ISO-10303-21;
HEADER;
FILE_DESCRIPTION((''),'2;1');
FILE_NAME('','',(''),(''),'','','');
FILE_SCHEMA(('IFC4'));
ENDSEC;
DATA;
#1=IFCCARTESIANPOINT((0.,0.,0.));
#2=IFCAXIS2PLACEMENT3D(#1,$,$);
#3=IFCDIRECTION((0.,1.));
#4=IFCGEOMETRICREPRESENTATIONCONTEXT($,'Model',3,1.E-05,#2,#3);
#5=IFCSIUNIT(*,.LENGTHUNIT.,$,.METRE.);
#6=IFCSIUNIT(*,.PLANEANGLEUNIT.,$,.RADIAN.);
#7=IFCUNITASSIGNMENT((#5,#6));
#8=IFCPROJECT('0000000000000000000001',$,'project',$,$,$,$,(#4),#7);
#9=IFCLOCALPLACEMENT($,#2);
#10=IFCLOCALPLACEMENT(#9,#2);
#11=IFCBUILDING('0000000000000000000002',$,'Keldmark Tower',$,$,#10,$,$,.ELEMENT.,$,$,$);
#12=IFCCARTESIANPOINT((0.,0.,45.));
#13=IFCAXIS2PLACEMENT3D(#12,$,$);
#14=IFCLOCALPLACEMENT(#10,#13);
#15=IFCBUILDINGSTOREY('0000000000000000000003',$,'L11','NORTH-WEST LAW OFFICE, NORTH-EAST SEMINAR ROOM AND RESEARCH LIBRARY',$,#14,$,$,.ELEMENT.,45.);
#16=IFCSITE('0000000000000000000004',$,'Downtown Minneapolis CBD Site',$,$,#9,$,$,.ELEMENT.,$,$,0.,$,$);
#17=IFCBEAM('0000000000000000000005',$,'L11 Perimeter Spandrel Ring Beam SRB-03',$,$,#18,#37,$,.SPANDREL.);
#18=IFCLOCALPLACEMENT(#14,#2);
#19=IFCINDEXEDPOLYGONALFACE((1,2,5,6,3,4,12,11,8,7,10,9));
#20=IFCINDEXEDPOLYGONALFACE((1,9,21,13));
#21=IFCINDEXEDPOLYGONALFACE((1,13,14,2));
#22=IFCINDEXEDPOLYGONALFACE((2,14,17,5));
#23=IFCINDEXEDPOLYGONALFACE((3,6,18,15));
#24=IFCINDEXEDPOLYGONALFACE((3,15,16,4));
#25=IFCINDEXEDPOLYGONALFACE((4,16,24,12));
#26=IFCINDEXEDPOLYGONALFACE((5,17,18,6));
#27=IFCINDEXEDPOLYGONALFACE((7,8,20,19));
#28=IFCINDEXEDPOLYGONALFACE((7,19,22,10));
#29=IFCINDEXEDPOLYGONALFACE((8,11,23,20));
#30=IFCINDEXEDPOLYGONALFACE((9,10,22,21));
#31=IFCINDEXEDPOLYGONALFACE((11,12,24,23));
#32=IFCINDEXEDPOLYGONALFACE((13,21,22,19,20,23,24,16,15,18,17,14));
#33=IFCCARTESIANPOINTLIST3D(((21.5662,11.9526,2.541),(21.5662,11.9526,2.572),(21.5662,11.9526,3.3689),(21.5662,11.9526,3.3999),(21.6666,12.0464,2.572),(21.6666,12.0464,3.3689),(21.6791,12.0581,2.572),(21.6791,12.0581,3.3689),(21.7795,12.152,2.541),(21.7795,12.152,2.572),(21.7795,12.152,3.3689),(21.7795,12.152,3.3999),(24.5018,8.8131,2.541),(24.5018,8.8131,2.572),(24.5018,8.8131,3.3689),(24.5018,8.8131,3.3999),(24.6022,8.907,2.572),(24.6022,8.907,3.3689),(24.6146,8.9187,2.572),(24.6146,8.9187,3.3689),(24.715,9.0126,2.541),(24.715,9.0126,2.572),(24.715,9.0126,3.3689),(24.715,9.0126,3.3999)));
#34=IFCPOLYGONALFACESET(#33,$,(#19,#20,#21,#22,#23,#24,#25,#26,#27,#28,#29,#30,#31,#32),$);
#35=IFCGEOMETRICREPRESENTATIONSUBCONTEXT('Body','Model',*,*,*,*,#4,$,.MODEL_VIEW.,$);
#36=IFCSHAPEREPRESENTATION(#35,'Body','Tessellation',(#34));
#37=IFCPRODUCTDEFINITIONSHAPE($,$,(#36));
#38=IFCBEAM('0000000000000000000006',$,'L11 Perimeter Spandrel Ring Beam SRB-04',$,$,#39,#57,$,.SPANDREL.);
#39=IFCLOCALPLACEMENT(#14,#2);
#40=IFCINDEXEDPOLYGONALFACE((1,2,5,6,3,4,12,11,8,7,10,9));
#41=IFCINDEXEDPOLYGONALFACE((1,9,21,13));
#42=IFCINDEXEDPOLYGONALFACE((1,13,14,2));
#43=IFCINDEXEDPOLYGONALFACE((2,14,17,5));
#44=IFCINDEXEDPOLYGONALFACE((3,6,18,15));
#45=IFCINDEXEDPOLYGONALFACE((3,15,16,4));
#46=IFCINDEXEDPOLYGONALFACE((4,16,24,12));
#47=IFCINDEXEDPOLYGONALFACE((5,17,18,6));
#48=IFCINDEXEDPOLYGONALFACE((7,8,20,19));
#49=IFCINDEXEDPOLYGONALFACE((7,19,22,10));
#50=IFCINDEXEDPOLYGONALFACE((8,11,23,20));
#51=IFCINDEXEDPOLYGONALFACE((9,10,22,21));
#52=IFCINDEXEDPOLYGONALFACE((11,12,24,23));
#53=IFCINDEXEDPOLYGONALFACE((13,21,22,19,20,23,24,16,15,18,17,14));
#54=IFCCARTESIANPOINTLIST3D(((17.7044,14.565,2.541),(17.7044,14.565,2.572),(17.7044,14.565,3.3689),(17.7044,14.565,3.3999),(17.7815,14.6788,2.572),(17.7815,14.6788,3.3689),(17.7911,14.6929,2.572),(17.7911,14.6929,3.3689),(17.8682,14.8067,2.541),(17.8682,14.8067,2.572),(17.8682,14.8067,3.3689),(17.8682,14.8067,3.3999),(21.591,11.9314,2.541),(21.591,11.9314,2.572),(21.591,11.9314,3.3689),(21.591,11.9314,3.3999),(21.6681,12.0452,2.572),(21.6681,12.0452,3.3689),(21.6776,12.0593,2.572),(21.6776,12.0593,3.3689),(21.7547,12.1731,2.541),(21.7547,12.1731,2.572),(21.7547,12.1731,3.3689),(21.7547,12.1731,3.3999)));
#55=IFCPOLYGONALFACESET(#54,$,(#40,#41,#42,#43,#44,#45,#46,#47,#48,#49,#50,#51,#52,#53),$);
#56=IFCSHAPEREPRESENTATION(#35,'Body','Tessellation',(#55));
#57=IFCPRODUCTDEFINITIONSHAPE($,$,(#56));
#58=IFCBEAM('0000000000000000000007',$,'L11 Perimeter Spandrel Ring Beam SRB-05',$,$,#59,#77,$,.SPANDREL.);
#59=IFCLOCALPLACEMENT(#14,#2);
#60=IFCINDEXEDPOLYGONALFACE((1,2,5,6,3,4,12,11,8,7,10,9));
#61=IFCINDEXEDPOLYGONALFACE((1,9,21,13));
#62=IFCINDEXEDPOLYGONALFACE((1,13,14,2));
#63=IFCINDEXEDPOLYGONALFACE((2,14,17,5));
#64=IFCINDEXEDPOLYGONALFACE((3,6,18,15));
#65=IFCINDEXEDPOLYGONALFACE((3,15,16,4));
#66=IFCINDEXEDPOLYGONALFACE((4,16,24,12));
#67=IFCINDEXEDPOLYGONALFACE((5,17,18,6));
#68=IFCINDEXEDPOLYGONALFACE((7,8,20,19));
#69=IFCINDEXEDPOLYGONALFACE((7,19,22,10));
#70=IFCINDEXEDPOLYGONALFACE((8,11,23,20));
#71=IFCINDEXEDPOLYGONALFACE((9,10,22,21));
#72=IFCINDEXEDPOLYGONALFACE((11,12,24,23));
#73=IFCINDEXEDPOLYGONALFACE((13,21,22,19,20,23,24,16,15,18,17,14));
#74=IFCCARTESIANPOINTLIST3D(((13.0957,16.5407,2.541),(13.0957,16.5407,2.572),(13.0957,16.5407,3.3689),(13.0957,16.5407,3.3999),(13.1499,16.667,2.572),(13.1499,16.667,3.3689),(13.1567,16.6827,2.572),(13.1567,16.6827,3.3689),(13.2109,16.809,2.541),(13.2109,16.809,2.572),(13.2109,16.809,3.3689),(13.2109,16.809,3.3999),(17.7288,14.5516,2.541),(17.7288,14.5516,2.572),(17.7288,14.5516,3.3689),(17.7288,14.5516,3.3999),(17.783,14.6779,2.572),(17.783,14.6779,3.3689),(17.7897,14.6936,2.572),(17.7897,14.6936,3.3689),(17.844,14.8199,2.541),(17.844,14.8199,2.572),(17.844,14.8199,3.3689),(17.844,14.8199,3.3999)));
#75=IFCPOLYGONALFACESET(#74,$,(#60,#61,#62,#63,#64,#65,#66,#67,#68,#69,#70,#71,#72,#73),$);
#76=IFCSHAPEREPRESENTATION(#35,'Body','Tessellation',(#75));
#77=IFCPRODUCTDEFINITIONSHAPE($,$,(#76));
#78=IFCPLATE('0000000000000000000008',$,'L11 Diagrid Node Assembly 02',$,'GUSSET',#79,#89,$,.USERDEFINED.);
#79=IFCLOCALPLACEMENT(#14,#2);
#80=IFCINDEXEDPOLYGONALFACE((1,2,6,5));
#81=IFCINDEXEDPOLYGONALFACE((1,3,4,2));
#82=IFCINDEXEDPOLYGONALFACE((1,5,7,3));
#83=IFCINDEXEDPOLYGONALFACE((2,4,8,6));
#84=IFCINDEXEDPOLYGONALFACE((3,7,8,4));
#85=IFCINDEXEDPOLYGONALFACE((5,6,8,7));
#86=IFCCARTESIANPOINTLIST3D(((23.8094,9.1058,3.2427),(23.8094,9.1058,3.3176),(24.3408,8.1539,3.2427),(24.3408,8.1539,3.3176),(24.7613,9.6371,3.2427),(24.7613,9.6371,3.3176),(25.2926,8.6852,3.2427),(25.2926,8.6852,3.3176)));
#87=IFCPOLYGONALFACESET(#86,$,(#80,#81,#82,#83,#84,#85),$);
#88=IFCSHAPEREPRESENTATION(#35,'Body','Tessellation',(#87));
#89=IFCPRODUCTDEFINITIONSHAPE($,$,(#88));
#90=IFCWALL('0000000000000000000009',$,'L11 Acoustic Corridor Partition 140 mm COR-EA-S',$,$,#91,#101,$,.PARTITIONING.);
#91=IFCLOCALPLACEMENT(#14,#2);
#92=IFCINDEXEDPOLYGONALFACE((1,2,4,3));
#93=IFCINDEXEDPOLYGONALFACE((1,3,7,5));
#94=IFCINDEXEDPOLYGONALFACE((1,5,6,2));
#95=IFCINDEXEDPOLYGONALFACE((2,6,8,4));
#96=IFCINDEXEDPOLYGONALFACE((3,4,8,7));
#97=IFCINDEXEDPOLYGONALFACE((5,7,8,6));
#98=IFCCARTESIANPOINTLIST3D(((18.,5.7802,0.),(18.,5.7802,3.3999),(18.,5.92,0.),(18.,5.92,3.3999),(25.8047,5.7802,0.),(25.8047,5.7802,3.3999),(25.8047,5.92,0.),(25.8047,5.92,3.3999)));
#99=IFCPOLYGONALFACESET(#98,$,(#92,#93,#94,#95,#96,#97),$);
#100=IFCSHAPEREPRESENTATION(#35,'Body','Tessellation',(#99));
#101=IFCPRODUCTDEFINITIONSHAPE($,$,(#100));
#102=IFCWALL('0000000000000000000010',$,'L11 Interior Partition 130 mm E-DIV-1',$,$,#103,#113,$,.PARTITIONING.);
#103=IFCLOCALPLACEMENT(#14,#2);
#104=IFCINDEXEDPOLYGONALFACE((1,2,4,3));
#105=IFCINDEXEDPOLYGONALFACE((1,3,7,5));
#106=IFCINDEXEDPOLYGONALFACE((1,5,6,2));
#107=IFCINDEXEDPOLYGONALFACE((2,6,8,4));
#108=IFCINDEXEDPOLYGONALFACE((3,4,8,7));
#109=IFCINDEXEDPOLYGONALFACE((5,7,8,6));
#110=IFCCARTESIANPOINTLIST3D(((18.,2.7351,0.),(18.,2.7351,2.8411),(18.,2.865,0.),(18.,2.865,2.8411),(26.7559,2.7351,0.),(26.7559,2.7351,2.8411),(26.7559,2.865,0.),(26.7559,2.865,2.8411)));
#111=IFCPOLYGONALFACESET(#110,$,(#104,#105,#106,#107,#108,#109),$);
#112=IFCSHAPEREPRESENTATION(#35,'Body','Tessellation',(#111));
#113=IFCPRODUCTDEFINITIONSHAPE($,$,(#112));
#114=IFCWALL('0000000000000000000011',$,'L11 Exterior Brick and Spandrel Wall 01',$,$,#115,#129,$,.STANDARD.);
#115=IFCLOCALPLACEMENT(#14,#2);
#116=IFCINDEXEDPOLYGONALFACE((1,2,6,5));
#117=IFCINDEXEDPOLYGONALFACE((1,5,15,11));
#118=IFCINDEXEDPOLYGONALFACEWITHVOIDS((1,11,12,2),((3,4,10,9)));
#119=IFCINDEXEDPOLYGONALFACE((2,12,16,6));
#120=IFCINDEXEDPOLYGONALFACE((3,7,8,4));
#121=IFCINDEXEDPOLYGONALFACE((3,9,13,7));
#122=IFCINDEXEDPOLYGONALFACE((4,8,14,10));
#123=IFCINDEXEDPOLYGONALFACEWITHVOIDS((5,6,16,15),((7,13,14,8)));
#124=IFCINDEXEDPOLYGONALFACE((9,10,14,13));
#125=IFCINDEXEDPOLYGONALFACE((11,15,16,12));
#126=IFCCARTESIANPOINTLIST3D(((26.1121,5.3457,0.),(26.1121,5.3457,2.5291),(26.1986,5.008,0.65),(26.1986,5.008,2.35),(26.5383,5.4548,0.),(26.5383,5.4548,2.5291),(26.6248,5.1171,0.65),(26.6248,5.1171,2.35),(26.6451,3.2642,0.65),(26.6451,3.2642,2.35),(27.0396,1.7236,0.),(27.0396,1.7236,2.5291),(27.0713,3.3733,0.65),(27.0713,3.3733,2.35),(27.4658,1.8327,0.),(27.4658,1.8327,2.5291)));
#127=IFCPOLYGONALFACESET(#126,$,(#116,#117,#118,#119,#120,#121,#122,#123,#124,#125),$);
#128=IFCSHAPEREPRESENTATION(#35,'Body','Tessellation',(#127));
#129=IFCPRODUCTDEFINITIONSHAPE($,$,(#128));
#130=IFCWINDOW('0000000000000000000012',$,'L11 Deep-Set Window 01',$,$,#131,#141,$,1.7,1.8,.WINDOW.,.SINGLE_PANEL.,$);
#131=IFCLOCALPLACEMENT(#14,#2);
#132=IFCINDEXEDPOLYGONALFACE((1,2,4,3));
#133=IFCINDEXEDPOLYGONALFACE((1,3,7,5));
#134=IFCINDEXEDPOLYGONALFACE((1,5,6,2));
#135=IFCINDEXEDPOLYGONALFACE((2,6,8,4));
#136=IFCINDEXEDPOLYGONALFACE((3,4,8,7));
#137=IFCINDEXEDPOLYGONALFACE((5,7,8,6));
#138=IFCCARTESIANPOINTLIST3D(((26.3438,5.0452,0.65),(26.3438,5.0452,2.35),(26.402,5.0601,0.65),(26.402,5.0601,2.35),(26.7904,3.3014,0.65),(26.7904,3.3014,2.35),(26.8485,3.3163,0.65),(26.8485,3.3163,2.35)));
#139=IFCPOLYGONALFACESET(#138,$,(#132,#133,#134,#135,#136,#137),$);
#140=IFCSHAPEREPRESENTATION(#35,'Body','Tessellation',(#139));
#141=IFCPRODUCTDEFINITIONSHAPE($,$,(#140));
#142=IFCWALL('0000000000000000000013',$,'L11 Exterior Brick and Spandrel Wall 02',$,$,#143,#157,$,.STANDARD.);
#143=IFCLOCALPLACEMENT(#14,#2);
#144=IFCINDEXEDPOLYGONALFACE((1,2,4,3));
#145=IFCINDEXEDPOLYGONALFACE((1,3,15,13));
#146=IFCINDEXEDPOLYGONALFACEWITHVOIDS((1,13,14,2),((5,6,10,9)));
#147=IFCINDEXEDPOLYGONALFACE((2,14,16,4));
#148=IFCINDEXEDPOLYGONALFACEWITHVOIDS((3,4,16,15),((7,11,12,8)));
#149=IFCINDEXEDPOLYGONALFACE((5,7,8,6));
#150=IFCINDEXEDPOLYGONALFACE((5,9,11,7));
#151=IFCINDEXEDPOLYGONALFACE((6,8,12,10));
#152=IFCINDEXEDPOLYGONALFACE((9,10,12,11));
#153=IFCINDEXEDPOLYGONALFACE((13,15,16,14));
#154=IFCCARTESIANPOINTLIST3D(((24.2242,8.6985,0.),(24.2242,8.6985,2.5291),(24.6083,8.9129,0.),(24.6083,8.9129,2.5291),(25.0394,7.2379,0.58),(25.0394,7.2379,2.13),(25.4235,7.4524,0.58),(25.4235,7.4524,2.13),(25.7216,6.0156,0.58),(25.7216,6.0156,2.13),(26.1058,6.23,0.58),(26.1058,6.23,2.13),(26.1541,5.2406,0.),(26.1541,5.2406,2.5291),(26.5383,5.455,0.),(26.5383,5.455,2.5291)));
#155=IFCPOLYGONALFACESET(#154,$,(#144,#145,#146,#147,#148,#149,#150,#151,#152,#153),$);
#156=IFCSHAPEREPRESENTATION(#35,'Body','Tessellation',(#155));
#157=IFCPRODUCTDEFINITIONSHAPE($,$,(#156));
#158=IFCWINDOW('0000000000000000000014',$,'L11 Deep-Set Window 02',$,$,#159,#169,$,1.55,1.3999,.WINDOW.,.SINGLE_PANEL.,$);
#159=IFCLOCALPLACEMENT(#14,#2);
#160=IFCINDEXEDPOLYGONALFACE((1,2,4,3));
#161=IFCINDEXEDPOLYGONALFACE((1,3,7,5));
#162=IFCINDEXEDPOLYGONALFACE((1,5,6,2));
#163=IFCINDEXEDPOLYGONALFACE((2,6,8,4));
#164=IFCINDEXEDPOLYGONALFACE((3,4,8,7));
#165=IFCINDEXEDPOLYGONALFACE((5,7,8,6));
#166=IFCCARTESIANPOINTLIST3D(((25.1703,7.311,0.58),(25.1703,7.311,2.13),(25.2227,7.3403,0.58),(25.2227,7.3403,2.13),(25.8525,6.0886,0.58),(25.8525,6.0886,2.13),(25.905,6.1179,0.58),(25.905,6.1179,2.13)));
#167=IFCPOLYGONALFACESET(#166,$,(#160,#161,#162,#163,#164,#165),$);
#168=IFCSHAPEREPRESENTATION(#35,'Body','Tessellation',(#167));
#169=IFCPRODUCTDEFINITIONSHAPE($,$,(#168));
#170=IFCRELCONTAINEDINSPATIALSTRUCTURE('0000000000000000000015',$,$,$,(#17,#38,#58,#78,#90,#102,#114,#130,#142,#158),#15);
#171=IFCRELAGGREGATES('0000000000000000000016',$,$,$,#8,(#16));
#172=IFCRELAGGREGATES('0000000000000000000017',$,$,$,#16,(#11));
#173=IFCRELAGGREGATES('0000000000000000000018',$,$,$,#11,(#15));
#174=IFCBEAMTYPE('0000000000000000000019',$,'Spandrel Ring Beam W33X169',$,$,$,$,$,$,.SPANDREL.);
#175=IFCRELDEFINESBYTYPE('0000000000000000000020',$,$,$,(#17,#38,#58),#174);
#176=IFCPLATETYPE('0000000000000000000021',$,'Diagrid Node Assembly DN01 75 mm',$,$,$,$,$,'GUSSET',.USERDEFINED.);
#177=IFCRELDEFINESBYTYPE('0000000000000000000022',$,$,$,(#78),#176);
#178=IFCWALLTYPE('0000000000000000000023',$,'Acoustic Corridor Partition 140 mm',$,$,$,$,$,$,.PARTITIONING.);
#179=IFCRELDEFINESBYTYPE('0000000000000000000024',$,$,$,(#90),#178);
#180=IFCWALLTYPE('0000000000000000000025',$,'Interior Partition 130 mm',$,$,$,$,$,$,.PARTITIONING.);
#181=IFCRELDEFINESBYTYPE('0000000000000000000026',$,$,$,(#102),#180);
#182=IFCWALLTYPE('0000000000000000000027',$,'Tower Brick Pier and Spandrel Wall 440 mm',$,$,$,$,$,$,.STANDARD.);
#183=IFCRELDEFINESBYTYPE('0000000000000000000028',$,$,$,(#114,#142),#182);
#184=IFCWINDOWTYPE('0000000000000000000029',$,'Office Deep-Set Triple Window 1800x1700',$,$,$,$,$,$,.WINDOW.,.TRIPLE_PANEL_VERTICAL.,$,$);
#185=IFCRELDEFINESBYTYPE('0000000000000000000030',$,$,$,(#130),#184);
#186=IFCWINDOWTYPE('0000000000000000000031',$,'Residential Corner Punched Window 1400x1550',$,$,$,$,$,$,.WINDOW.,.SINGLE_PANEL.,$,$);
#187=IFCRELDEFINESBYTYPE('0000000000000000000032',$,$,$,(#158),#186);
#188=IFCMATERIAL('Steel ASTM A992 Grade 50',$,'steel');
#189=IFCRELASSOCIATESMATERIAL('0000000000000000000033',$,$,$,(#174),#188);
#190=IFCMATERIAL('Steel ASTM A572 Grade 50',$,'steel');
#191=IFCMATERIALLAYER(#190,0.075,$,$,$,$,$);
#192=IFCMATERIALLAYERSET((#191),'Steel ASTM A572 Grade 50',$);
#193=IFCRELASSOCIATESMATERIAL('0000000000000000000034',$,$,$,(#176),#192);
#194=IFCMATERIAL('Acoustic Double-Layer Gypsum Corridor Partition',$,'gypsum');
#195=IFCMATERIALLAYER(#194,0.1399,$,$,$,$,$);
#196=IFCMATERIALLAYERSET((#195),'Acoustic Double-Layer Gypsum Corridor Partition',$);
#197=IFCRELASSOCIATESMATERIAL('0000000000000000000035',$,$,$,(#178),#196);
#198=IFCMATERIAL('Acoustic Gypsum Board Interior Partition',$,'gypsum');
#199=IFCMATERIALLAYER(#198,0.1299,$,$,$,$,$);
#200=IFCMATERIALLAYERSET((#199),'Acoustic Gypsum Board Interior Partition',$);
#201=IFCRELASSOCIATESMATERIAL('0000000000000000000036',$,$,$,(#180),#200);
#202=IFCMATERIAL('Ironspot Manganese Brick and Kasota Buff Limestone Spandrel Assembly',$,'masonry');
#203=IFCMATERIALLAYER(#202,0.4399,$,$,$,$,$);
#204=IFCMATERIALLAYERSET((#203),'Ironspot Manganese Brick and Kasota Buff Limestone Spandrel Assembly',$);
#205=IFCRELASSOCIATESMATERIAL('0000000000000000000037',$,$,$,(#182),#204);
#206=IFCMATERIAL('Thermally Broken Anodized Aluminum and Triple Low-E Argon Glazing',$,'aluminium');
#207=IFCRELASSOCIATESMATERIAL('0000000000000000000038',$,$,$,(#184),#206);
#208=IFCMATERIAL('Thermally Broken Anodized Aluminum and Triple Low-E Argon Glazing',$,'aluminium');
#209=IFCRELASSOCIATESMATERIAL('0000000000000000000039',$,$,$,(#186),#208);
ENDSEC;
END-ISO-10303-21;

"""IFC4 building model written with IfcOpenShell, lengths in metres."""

from ifc_helpers import new_model, si_unit, direction, frame, frame_2d, origin, origin_2d, place, context, subcontext, project, spatial, rectangle, i_section, extrude, material, layer, layer_set, material_profile, profile_set, type_object, element, fill, save


model = new_model("IFC4")

# Units and contexts
model_context = context("Model", 3, precision=1e-05, world=origin(), true_north=direction((0.0, 1.0)))
body_context = subcontext(model_context, "Body", "Model", "MODEL_VIEW")
ifc_project = project(units=[si_unit("LENGTHUNIT", "METRE"), si_unit("PLANEANGLEUNIT", "RADIAN")], contexts=[model_context])

# Site, building, storey
site_placement = place(None, origin())
site = spatial("IfcSite", under=ifc_project, at=site_placement, Name="Downtown Minneapolis CBD Site", CompositionType="ELEMENT", RefElevation=0.0)
building_placement = place(site_placement, origin())
building = spatial("IfcBuilding", under=site, at=building_placement, Name="Keldmark Tower", CompositionType="ELEMENT")
storey_placement = place(building_placement, frame((0.0, 0.0, 45.0)))
storey = spatial("IfcBuildingStorey", under=building, at=storey_placement, Name="L11", Description="NORTH-WEST LAW OFFICE, NORTH-EAST SEMINAR ROOM AND RESEARCH LIBRARY", CompositionType="ELEMENT", Elevation=45.0)

# Beams
ifc_material_1 = material(Name="Steel ASTM A992 Grade 50", Category="steel")
ifc_material_profile_1 = material_profile(ifc_material_1, i_section(OverallWidth=0.292, OverallDepth=0.8589, WebThickness=0.0171, FlangeThickness=0.031, at=origin_2d()), Name="W33X169")
ifc_profile_set_1 = profile_set([ifc_material_profile_1], Name="Steel ASTM A992 Grade 50")
beam_type_1 = type_object("IfcBeamType", Name="Spandrel Ring Beam W33X169", PredefinedType="SPANDREL", material=ifc_profile_set_1)
beam_1_placement = place(storey_placement, frame((24.6084, 8.9128, 2.9705), z_axis=(-0.682994, 0.730424, 0.0), x_axis=(-0.730424, -0.682994, 0.0)))
element("IfcBeam", 1, at=beam_1_placement, inside=storey, type_object=beam_type_1, Name="L11 Perimeter Spandrel Ring Beam SRB-03", PredefinedType="SPANDREL", context=body_context, shape_type="SweptSolid", body=[
    extrude(i_section(OverallWidth=0.292, OverallDepth=0.8589, WebThickness=0.0171, FlangeThickness=0.031, at=origin_2d()), origin(), (0.0, 0.0, 1.0), 4.2981),
])
beam_2_placement = place(storey_placement, frame((21.6729, 12.0522, 2.9705), z_axis=(-0.827842, 0.560961, 0.0), x_axis=(-0.560961, -0.827842, 0.0)))
element("IfcBeam", 2, at=beam_2_placement, inside=storey, type_object=beam_type_1, Name="L11 Perimeter Spandrel Ring Beam SRB-04", PredefinedType="SPANDREL", context=body_context, shape_type="SweptSolid", body=[
    extrude(i_section(OverallWidth=0.292, OverallDepth=0.8589, WebThickness=0.0171, FlangeThickness=0.031, at=origin_2d()), origin(), (0.0, 0.0, 1.0), 4.6948),
])
beam_3_placement = place(storey_placement, frame((17.7864, 14.6858, 2.9705), z_axis=(-0.918899, 0.394492, 0.0), x_axis=(-0.394492, -0.918899, 0.0)))
element("IfcBeam", 3, at=beam_3_placement, inside=storey, type_object=beam_type_1, Name="L11 Perimeter Spandrel Ring Beam SRB-05", PredefinedType="SPANDREL", context=body_context, shape_type="SweptSolid", body=[
    extrude(i_section(OverallWidth=0.292, OverallDepth=0.8589, WebThickness=0.0171, FlangeThickness=0.031, at=origin_2d()), origin(), (0.0, 0.0, 1.0), 5.042),
])

# Plate
ifc_material_2 = material(Name="Steel ASTM A572 Grade 50", Category="steel")
ifc_layer_1 = layer(ifc_material_2, 0.075)
ifc_layer_set_1 = layer_set([ifc_layer_1], Name="Steel ASTM A572 Grade 50")
plate_type = type_object("IfcPlateType", Name="Diagrid Node Assembly DN01 75 mm", ElementType="GUSSET", PredefinedType="USERDEFINED", material=ifc_layer_set_1)
plate_placement = place(storey_placement, frame((24.551, 8.8955, 3.2427), z_axis=(0.0, 0.0, 1.0), x_axis=(-0.487403, 0.873177, 0.0)))
element("IfcPlate", 4, at=plate_placement, inside=storey, type_object=plate_type, Name="L11 Diagrid Node Assembly 02", ObjectType="GUSSET", PredefinedType="USERDEFINED", context=body_context, shape_type="SweptSolid", body=[
    extrude(rectangle(XDim=1.0901, YDim=1.0901, at=origin_2d()), origin(), (0.0, 0.0, 1.0), 0.075),
])

# Walls
ifc_material_3 = material(Name="Acoustic Double-Layer Gypsum Corridor Partition", Category="gypsum")
ifc_layer_2 = layer(ifc_material_3, 0.1399)
ifc_layer_set_2 = layer_set([ifc_layer_2], Name="Acoustic Double-Layer Gypsum Corridor Partition")
wall_type_1 = type_object("IfcWallType", Name="Acoustic Corridor Partition 140 mm", PredefinedType="PARTITIONING", material=ifc_layer_set_2)
wall_1_placement = place(storey_placement, frame((18.0, 5.8501, 0.0), z_axis=(0.0, 0.0, 1.0), x_axis=(1.0, 0.0, 0.0)))
element("IfcWall", 5, at=wall_1_placement, inside=storey, type_object=wall_type_1, Name="L11 Acoustic Corridor Partition 140 mm COR-EA-S", PredefinedType="PARTITIONING", context=body_context, shape_type="SweptSolid", body=[
    extrude(rectangle(XDim=7.8047, YDim=0.1399, at=frame_2d((3.9023, 0.0))), origin(), (0.0, 0.0, 1.0), 3.3999),
])
ifc_material_4 = material(Name="Acoustic Gypsum Board Interior Partition", Category="gypsum")
ifc_layer_3 = layer(ifc_material_4, 0.1299)
ifc_layer_set_3 = layer_set([ifc_layer_3], Name="Acoustic Gypsum Board Interior Partition")
wall_type_2 = type_object("IfcWallType", Name="Interior Partition 130 mm", PredefinedType="PARTITIONING", material=ifc_layer_set_3)
wall_2_placement = place(storey_placement, frame((18.0, 2.8, 0.0), z_axis=(0.0, 0.0, 1.0), x_axis=(1.0, 0.0, 0.0)))
element("IfcWall", 6, at=wall_2_placement, inside=storey, type_object=wall_type_2, Name="L11 Interior Partition 130 mm E-DIV-1", PredefinedType="PARTITIONING", context=body_context, shape_type="SweptSolid", body=[
    extrude(rectangle(XDim=8.7559, YDim=0.1299, at=frame_2d((4.3779, 0.0))), origin(), (0.0, 0.0, 1.0), 2.8411),
])

# Walls, openings, windows
ifc_material_5 = material(Name="Ironspot Manganese Brick and Kasota Buff Limestone Spandrel Assembly", Category="masonry")
ifc_layer_4 = layer(ifc_material_5, 0.4399)
ifc_layer_set_4 = layer_set([ifc_layer_4], Name="Ironspot Manganese Brick and Kasota Buff Limestone Spandrel Assembly")
wall_type_3 = type_object("IfcWallType", Name="Tower Brick Pier and Spandrel Wall 440 mm", PredefinedType="STANDARD", material=ifc_layer_set_4)
wall_3_placement = place(storey_placement, frame((26.3252, 5.4004, 0.0), z_axis=(0.0, 0.0, 1.0), x_axis=(0.248063, -0.968744, 0.0)))
wall_3 = element("IfcWall", 7, at=wall_3_placement, inside=storey, type_object=wall_type_3, Name="L11 Exterior Brick and Spandrel Wall 01", PredefinedType="STANDARD", context=body_context, shape_type="SweptSolid", body=[
    extrude(rectangle(XDim=3.739, YDim=0.4399, at=frame_2d((1.8696, 0.0))), origin(), (0.0, 0.0, 1.0), 2.5291),
])
opening_1_placement = place(wall_3_placement, frame((0.3489, 0.0, 0.6499)))
opening_1 = element("IfcOpeningElement", 8, at=opening_1_placement, cuts=wall_3, PredefinedType="OPENING", context=body_context, shape_type="SweptSolid", body=[
    extrude(rectangle(XDim=1.8, YDim=1.7, at=frame_2d((0.8999, 0.8501))), frame((0.0, 0.23, 0.0), z_axis=(0.0, -1.0, 0.0), x_axis=(1.0, 0.0, 0.0)), (0.0, 0.0, 1.0), 0.46),
])
ifc_material_6 = material(Name="Thermally Broken Anodized Aluminum and Triple Low-E Argon Glazing", Category="aluminium")
window_type_1 = type_object("IfcWindowType", Name="Office Deep-Set Triple Window 1800x1700", PartitioningType="TRIPLE_PANEL_VERTICAL", PredefinedType="WINDOW", material=ifc_material_6)
window_1_placement = place(opening_1_placement, origin())
window_1 = element("IfcWindow", 9, at=window_1_placement, inside=storey, type_object=window_type_1, Name="L11 Deep-Set Window 01", OverallHeight=1.7, OverallWidth=1.8, PartitioningType="SINGLE_PANEL", PredefinedType="WINDOW", context=body_context, shape_type="SweptSolid", body=[
    extrude(rectangle(XDim=1.8, YDim=1.7, at=frame_2d((0.8999, 0.8501))), frame((0.0, -0.01, 0.0), z_axis=(0.0, -1.0, 0.0), x_axis=(1.0, 0.0, 0.0)), (0.0, 0.0, 1.0), 0.0601),
])
fill(opening_1, window_1)
wall_4_placement = place(storey_placement, frame((24.4163, 8.8057, 0.0), z_axis=(0.0, 0.0, 1.0), x_axis=(0.487369, -0.873196, 0.0)))
wall_4 = element("IfcWall", 10, at=wall_4_placement, inside=storey, type_object=wall_type_3, Name="L11 Exterior Brick and Spandrel Wall 02", PredefinedType="STANDARD", context=body_context, shape_type="SweptSolid", body=[
    extrude(rectangle(XDim=3.96, YDim=0.4399, at=frame_2d((1.98, 0.0))), origin(), (0.0, 0.0, 1.0), 2.5291),
])
opening_2_placement = place(wall_4_placement, frame((1.6726, 0.0, 0.5801)))
opening_2 = element("IfcOpeningElement", 11, at=opening_2_placement, cuts=wall_4, PredefinedType="OPENING", context=body_context, shape_type="SweptSolid", body=[
    extrude(rectangle(XDim=1.3999, YDim=1.55, at=frame_2d((0.7, 0.7749))), frame((0.0, 0.23, 0.0), z_axis=(0.0, -1.0, 0.0), x_axis=(1.0, 0.0, 0.0)), (0.0, 0.0, 1.0), 0.46),
])
ifc_material_7 = material(Name="Thermally Broken Anodized Aluminum and Triple Low-E Argon Glazing", Category="aluminium")
window_type_2 = type_object("IfcWindowType", Name="Residential Corner Punched Window 1400x1550", PartitioningType="SINGLE_PANEL", PredefinedType="WINDOW", material=ifc_material_7)
window_2_placement = place(opening_2_placement, origin())
window_2 = element("IfcWindow", 12, at=window_2_placement, inside=storey, type_object=window_type_2, Name="L11 Deep-Set Window 02", OverallHeight=1.55, OverallWidth=1.3999, PartitioningType="SINGLE_PANEL", PredefinedType="WINDOW", context=body_context, shape_type="SweptSolid", body=[
    extrude(rectangle(XDim=1.3999, YDim=1.55, at=frame_2d((0.7, 0.7749))), frame((0.0, -0.01, 0.0), z_axis=(0.0, -1.0, 0.0), x_axis=(1.0, 0.0, 0.0)), (0.0, 0.0, 1.0), 0.0601),
])
fill(opening_2, window_2)

save(model, "model.ifc")
